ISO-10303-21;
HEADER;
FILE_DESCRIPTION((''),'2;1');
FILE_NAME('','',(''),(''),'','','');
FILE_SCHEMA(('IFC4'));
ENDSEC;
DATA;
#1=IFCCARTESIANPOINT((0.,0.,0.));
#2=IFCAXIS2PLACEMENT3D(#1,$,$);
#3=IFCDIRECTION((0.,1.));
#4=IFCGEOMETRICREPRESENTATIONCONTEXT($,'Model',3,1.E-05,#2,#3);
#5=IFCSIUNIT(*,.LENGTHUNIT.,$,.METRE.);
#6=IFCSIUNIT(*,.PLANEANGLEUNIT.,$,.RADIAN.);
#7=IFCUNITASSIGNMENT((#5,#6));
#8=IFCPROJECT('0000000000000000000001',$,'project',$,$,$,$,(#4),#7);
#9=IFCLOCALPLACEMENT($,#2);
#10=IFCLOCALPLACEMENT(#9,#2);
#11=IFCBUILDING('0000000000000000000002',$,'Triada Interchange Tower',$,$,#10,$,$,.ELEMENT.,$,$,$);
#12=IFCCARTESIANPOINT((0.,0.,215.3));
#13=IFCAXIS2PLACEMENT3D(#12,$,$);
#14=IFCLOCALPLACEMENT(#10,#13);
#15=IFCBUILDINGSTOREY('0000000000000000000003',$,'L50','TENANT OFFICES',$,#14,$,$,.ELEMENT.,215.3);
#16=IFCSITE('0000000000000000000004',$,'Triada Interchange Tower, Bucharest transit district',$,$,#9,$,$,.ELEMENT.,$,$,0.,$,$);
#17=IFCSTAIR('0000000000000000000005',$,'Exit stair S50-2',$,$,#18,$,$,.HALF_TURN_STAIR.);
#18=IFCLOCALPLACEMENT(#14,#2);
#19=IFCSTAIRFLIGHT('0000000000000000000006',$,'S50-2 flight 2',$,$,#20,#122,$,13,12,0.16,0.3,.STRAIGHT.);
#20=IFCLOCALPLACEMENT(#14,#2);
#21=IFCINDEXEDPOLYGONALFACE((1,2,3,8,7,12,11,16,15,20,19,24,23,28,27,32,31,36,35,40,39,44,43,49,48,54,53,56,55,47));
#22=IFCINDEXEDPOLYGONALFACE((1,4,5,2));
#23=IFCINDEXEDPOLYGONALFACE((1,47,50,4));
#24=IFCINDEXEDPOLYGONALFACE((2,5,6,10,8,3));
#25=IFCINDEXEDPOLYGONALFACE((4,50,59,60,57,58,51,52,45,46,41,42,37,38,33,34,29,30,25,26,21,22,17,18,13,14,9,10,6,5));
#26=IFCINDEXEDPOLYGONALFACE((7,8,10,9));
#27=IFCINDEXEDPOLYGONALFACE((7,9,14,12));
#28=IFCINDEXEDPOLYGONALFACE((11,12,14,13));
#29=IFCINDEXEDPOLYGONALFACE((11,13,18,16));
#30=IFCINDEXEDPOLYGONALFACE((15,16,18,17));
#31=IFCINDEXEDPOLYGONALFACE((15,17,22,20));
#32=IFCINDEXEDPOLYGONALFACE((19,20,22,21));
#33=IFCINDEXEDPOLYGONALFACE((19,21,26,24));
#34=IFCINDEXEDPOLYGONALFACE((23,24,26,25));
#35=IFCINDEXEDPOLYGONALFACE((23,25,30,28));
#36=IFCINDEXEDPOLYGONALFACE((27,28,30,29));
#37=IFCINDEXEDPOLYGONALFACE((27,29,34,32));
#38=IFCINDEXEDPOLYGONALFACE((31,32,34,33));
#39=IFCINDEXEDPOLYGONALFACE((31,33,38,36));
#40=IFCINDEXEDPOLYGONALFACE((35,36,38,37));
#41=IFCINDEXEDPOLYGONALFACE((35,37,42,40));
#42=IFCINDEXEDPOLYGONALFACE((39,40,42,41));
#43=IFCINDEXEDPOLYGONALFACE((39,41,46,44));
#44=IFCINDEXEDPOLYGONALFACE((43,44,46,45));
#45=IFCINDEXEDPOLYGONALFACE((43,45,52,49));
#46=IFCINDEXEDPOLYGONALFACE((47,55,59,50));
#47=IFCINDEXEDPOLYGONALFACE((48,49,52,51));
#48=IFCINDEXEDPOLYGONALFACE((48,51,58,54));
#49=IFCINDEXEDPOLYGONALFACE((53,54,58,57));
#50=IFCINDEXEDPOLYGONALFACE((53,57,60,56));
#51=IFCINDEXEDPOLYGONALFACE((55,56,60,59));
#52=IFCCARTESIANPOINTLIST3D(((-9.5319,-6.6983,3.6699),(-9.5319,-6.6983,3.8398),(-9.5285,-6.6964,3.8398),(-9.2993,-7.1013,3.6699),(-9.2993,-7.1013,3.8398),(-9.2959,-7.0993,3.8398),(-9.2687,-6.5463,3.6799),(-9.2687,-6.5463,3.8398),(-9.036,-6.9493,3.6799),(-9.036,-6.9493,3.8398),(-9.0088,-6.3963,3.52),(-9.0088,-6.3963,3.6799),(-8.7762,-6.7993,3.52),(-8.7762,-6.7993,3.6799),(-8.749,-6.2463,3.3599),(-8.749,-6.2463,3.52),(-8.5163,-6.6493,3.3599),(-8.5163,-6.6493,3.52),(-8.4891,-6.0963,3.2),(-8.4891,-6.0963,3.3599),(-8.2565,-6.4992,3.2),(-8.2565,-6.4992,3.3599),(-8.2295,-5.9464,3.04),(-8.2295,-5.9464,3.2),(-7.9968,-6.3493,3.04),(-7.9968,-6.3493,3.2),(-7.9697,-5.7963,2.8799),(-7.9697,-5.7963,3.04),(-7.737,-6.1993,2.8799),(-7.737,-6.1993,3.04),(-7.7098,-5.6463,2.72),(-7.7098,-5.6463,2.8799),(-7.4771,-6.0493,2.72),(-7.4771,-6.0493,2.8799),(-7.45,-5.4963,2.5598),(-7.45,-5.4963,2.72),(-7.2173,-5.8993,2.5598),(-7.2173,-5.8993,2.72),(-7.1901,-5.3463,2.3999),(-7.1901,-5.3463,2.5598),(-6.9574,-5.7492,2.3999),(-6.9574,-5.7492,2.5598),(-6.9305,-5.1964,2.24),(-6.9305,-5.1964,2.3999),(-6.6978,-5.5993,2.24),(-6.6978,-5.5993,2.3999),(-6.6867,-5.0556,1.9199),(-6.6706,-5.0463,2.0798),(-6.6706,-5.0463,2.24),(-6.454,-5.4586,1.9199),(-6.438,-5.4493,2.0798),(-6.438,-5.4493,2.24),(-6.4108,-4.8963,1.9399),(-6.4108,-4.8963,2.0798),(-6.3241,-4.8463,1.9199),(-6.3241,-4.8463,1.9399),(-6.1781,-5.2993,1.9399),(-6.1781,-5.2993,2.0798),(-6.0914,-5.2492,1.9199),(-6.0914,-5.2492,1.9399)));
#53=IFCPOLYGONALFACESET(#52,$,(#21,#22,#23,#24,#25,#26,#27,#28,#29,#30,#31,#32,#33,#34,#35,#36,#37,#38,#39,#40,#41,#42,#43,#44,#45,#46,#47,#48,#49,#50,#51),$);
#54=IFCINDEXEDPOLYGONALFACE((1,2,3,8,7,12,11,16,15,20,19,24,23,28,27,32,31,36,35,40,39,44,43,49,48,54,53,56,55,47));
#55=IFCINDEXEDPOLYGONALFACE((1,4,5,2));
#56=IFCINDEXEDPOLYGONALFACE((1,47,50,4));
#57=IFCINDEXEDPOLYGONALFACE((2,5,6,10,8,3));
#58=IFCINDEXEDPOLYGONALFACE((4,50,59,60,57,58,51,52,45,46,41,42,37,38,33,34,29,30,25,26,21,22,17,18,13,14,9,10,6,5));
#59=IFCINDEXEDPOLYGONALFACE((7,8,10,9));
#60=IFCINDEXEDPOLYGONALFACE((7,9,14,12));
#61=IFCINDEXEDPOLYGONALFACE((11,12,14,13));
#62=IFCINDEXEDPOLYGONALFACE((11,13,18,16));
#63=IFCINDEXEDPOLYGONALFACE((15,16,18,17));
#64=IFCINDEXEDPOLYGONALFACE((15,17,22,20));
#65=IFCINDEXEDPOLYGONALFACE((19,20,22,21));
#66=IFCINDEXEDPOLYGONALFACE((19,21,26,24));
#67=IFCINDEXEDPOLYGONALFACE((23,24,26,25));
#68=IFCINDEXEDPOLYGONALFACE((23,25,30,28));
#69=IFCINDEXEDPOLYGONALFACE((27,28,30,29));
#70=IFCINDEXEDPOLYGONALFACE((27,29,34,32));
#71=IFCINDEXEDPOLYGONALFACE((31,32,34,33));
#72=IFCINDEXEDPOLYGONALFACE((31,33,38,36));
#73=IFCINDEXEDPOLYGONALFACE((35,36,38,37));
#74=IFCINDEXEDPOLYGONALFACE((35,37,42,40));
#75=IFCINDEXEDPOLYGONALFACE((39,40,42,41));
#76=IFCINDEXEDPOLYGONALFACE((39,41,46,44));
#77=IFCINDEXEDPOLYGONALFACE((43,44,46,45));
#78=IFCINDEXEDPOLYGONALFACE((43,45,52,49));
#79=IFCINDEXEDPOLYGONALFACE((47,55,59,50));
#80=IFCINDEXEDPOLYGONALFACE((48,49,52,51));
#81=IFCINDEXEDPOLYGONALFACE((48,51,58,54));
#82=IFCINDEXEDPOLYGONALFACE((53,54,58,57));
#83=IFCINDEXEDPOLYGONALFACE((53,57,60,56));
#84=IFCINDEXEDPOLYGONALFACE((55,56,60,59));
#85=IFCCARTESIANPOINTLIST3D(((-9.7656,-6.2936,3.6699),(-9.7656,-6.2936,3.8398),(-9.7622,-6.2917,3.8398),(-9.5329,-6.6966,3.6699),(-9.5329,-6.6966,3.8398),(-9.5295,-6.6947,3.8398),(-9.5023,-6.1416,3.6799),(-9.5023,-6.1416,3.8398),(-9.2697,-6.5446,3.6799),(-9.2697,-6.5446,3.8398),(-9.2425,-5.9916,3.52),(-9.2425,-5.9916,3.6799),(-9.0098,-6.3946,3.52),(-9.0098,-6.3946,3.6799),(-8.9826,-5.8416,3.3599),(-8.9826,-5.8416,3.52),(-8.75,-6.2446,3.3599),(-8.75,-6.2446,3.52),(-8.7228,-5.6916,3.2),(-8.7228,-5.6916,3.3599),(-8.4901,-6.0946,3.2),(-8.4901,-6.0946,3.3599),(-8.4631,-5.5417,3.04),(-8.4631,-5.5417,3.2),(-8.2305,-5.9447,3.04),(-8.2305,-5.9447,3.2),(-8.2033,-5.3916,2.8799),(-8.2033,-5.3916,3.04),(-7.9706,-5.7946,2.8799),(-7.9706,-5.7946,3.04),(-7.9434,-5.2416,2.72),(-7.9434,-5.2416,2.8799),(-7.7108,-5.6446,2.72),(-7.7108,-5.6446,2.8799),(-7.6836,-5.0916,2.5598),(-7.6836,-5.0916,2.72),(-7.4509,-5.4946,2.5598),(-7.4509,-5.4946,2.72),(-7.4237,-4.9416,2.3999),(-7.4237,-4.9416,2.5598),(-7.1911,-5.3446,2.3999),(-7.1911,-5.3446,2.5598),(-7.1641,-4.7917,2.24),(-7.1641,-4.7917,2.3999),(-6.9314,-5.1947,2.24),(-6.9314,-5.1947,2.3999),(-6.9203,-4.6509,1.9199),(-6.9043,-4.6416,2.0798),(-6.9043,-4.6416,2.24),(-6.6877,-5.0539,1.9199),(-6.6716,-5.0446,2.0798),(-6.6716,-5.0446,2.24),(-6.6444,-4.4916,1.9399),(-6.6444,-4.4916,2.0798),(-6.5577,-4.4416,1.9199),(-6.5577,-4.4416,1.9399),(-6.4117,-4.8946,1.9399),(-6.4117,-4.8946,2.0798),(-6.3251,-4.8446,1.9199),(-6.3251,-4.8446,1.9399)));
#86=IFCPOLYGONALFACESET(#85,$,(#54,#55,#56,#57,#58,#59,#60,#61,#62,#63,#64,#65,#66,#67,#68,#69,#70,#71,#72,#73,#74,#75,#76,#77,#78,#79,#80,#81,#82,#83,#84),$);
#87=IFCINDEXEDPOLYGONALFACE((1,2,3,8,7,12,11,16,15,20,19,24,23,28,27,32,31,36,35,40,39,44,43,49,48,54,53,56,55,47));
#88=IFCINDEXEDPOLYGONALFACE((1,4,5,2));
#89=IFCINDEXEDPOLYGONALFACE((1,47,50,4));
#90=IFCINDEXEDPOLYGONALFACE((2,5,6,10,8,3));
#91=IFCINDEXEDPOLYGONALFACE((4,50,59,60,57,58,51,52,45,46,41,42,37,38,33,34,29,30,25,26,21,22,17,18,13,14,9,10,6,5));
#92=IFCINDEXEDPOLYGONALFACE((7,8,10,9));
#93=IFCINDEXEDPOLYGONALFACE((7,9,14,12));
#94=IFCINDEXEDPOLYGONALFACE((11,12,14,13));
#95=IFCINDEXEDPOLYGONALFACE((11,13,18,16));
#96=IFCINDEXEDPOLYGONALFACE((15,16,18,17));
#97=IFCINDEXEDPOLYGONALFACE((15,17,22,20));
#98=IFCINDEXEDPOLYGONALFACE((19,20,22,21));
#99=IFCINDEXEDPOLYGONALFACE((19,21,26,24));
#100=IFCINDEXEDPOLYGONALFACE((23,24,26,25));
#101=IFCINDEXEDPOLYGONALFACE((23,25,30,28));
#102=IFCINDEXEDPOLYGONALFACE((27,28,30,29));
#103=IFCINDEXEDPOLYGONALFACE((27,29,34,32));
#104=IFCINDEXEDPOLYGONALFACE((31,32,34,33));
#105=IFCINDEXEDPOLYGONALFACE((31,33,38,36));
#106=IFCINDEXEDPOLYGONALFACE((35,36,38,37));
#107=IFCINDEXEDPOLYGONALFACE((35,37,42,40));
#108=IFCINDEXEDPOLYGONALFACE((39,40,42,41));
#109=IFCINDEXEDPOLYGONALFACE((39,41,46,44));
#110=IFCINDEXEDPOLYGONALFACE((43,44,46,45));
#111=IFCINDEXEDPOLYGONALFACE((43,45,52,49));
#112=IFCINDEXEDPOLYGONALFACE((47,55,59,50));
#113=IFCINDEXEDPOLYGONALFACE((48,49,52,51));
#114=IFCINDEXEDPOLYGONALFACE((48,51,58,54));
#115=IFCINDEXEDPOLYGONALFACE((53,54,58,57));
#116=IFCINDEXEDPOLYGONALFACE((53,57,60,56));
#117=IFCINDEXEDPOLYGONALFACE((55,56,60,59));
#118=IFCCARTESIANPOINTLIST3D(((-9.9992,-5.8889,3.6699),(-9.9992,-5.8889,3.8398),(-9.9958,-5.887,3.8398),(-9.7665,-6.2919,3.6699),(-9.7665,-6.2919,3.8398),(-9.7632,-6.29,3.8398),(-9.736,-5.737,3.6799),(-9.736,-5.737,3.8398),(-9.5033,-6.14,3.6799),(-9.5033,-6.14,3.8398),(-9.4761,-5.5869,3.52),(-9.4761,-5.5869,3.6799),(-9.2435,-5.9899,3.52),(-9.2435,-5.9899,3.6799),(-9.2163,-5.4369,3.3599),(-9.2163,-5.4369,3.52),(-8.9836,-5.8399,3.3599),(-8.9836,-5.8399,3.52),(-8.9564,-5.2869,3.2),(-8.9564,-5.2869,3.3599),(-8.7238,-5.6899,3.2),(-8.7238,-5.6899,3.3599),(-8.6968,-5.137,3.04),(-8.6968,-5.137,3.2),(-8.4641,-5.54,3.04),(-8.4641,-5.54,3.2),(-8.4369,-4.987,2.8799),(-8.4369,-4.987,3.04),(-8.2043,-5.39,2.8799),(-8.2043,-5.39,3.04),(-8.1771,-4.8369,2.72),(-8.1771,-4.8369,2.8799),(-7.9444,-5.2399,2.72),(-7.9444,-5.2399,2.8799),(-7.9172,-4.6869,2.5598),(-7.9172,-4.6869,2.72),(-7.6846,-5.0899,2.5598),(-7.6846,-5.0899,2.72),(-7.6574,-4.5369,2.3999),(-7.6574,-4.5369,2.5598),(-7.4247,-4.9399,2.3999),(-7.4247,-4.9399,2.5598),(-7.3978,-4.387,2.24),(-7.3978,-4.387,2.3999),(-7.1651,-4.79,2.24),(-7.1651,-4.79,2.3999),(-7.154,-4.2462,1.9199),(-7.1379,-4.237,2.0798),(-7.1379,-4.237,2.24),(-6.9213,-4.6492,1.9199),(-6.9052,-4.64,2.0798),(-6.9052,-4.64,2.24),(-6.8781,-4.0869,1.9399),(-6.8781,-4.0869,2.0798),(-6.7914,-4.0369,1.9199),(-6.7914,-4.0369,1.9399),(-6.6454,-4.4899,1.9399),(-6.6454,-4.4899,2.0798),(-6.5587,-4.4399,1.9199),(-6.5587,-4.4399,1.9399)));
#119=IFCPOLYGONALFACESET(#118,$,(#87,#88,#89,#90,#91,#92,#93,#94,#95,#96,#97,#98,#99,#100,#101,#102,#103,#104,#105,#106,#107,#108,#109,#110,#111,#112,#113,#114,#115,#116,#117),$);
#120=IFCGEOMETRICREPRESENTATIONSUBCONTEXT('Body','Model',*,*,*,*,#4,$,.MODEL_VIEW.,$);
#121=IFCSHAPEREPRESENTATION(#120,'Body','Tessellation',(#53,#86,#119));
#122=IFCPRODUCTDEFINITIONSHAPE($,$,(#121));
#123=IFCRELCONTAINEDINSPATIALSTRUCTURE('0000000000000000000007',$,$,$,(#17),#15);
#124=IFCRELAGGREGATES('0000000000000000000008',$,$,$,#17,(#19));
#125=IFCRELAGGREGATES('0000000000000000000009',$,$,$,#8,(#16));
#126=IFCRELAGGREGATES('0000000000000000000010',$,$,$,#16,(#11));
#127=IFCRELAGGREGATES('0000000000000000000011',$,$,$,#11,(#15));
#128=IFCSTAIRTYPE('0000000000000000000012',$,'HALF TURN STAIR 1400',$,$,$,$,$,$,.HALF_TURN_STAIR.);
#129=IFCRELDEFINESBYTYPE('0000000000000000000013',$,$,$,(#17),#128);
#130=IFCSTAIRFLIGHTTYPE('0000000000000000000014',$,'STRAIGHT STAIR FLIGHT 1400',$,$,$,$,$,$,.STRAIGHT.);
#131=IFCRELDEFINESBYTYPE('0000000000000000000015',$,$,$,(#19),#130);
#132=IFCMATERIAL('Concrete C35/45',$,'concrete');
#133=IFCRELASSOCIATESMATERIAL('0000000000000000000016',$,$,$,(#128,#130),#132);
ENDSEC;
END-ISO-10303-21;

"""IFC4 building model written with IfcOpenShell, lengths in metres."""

from ifc_helpers import new_model, si_unit, direction, frame, origin, place, context, subcontext, project, spatial, polyline, outline, extrude, material, type_object, element, aggregate, save


model = new_model("IFC4")

# Units and contexts
model_context = context("Model", 3, precision=1e-05, world=origin(), true_north=direction((0.0, 1.0)))
body_context = subcontext(model_context, "Body", "Model", "MODEL_VIEW")
ifc_project = project(units=[si_unit("LENGTHUNIT", "METRE"), si_unit("PLANEANGLEUNIT", "RADIAN")], contexts=[model_context])

# Site, building, storey
site_placement = place(None, origin())
site = spatial("IfcSite", under=ifc_project, at=site_placement, Name="Triada Interchange Tower, Bucharest transit district", CompositionType="ELEMENT", RefElevation=0.0)
building_placement = place(site_placement, origin())
building = spatial("IfcBuilding", under=site, at=building_placement, Name="Triada Interchange Tower", CompositionType="ELEMENT")
storey_placement = place(building_placement, frame((0.0, 0.0, 215.3)))
storey = spatial("IfcBuildingStorey", under=building, at=storey_placement, Name="L50", Description="TENANT OFFICES", CompositionType="ELEMENT", Elevation=215.3)

# Stair, stair flight
ifc_material_1 = material(Name="Concrete C35/45", Category="concrete")
stair_type = type_object("IfcStairType", Name="HALF TURN STAIR 1400", PredefinedType="HALF_TURN_STAIR", material=ifc_material_1)
stair_placement = place(storey_placement, origin())
stair = element("IfcStair", 1, at=stair_placement, inside=storey, type_object=stair_type, Name="Exit stair S50-2", PredefinedType="HALF_TURN_STAIR")
stair_flight_type = type_object("IfcStairFlightType", Name="STRAIGHT STAIR FLIGHT 1400", PredefinedType="STRAIGHT", material=ifc_material_1)
stair_flight_1_placement = place(storey_placement, frame((-6.5281, -4.6931, 1.9199), z_axis=(0.0, 0.0, 1.0), x_axis=(-0.866025, -0.5, 0.0)))
stair_flight_1 = element("IfcStairFlight", 2, at=stair_flight_1_placement, type_object=stair_flight_type, Name="S50-2 flight 2", NumberOfRisers=13, NumberOfTreads=12, PredefinedType="STRAIGHT", RiserHeight=0.16, TreadLength=0.3, context=body_context, shape_type="SweptSolid", body=[
    extrude(outline(polyline([(-0.1001, 0.0), (-0.1001, 0.02), (0.0, 0.02), (0.0, 0.1599), (0.3, 0.1599), (0.3, 0.3201), (0.6001, 0.3201), (0.6001, 0.48), (0.8999, 0.48), (0.8999, 0.6399), (1.2, 0.6399), (1.2, 0.8), (1.5, 0.8), (1.5, 0.96), (1.8, 0.96), (1.8, 1.1201), (2.1001, 1.1201), (2.1001, 1.28), (2.3999, 1.28), (2.3999, 1.4399), (2.7, 1.4399), (2.7, 1.6001), (3.0, 1.6001), (3.0, 1.76), (3.3, 1.76), (3.3, 1.9199), (3.6001, 1.9199), (3.604, 1.9199), (3.604, 2.0801), (3.604, 1.75), (0.3186, 0.0), (-0.1001, 0.0)])), frame((0.0, 0.7, 0.0), z_axis=(0.0, -1.0, 0.0), x_axis=(1.0, 0.0, 0.0)), (0.0, 0.0, 1.0), 0.4653),
    extrude(outline(polyline([(-0.1001, 0.0), (-0.1001, 0.02), (0.0, 0.02), (0.0, 0.1599), (0.3, 0.1599), (0.3, 0.3201), (0.6001, 0.3201), (0.6001, 0.48), (0.8999, 0.48), (0.8999, 0.6399), (1.2, 0.6399), (1.2, 0.8), (1.5, 0.8), (1.5, 0.96), (1.8, 0.96), (1.8, 1.1201), (2.1001, 1.1201), (2.1001, 1.28), (2.3999, 1.28), (2.3999, 1.4399), (2.7, 1.4399), (2.7, 1.6001), (3.0, 1.6001), (3.0, 1.76), (3.3, 1.76), (3.3, 1.9199), (3.6001, 1.9199), (3.604, 1.9199), (3.604, 2.0801), (3.604, 1.75), (0.3186, 0.0), (-0.1001, 0.0)])), frame((0.0, 0.2327, 0.0), z_axis=(0.0, -1.0, 0.0), x_axis=(1.0, 0.0, 0.0)), (0.0, 0.0, 1.0), 0.4653),
    extrude(outline(polyline([(-0.1001, 0.0), (-0.1001, 0.02), (0.0, 0.02), (0.0, 0.1599), (0.3, 0.1599), (0.3, 0.3201), (0.6001, 0.3201), (0.6001, 0.48), (0.8999, 0.48), (0.8999, 0.6399), (1.2, 0.6399), (1.2, 0.8), (1.5, 0.8), (1.5, 0.96), (1.8, 0.96), (1.8, 1.1201), (2.1001, 1.1201), (2.1001, 1.28), (2.3999, 1.28), (2.3999, 1.4399), (2.7, 1.4399), (2.7, 1.6001), (3.0, 1.6001), (3.0, 1.76), (3.3, 1.76), (3.3, 1.9199), (3.6001, 1.9199), (3.604, 1.9199), (3.604, 2.0801), (3.604, 1.75), (0.3186, 0.0), (-0.1001, 0.0)])), frame((0.0, -0.2346, 0.0), z_axis=(0.0, -1.0, 0.0), x_axis=(1.0, 0.0, 0.0)), (0.0, 0.0, 1.0), 0.4653),
])
aggregate(stair, [stair_flight_1])

save(model, "model.ifc")
